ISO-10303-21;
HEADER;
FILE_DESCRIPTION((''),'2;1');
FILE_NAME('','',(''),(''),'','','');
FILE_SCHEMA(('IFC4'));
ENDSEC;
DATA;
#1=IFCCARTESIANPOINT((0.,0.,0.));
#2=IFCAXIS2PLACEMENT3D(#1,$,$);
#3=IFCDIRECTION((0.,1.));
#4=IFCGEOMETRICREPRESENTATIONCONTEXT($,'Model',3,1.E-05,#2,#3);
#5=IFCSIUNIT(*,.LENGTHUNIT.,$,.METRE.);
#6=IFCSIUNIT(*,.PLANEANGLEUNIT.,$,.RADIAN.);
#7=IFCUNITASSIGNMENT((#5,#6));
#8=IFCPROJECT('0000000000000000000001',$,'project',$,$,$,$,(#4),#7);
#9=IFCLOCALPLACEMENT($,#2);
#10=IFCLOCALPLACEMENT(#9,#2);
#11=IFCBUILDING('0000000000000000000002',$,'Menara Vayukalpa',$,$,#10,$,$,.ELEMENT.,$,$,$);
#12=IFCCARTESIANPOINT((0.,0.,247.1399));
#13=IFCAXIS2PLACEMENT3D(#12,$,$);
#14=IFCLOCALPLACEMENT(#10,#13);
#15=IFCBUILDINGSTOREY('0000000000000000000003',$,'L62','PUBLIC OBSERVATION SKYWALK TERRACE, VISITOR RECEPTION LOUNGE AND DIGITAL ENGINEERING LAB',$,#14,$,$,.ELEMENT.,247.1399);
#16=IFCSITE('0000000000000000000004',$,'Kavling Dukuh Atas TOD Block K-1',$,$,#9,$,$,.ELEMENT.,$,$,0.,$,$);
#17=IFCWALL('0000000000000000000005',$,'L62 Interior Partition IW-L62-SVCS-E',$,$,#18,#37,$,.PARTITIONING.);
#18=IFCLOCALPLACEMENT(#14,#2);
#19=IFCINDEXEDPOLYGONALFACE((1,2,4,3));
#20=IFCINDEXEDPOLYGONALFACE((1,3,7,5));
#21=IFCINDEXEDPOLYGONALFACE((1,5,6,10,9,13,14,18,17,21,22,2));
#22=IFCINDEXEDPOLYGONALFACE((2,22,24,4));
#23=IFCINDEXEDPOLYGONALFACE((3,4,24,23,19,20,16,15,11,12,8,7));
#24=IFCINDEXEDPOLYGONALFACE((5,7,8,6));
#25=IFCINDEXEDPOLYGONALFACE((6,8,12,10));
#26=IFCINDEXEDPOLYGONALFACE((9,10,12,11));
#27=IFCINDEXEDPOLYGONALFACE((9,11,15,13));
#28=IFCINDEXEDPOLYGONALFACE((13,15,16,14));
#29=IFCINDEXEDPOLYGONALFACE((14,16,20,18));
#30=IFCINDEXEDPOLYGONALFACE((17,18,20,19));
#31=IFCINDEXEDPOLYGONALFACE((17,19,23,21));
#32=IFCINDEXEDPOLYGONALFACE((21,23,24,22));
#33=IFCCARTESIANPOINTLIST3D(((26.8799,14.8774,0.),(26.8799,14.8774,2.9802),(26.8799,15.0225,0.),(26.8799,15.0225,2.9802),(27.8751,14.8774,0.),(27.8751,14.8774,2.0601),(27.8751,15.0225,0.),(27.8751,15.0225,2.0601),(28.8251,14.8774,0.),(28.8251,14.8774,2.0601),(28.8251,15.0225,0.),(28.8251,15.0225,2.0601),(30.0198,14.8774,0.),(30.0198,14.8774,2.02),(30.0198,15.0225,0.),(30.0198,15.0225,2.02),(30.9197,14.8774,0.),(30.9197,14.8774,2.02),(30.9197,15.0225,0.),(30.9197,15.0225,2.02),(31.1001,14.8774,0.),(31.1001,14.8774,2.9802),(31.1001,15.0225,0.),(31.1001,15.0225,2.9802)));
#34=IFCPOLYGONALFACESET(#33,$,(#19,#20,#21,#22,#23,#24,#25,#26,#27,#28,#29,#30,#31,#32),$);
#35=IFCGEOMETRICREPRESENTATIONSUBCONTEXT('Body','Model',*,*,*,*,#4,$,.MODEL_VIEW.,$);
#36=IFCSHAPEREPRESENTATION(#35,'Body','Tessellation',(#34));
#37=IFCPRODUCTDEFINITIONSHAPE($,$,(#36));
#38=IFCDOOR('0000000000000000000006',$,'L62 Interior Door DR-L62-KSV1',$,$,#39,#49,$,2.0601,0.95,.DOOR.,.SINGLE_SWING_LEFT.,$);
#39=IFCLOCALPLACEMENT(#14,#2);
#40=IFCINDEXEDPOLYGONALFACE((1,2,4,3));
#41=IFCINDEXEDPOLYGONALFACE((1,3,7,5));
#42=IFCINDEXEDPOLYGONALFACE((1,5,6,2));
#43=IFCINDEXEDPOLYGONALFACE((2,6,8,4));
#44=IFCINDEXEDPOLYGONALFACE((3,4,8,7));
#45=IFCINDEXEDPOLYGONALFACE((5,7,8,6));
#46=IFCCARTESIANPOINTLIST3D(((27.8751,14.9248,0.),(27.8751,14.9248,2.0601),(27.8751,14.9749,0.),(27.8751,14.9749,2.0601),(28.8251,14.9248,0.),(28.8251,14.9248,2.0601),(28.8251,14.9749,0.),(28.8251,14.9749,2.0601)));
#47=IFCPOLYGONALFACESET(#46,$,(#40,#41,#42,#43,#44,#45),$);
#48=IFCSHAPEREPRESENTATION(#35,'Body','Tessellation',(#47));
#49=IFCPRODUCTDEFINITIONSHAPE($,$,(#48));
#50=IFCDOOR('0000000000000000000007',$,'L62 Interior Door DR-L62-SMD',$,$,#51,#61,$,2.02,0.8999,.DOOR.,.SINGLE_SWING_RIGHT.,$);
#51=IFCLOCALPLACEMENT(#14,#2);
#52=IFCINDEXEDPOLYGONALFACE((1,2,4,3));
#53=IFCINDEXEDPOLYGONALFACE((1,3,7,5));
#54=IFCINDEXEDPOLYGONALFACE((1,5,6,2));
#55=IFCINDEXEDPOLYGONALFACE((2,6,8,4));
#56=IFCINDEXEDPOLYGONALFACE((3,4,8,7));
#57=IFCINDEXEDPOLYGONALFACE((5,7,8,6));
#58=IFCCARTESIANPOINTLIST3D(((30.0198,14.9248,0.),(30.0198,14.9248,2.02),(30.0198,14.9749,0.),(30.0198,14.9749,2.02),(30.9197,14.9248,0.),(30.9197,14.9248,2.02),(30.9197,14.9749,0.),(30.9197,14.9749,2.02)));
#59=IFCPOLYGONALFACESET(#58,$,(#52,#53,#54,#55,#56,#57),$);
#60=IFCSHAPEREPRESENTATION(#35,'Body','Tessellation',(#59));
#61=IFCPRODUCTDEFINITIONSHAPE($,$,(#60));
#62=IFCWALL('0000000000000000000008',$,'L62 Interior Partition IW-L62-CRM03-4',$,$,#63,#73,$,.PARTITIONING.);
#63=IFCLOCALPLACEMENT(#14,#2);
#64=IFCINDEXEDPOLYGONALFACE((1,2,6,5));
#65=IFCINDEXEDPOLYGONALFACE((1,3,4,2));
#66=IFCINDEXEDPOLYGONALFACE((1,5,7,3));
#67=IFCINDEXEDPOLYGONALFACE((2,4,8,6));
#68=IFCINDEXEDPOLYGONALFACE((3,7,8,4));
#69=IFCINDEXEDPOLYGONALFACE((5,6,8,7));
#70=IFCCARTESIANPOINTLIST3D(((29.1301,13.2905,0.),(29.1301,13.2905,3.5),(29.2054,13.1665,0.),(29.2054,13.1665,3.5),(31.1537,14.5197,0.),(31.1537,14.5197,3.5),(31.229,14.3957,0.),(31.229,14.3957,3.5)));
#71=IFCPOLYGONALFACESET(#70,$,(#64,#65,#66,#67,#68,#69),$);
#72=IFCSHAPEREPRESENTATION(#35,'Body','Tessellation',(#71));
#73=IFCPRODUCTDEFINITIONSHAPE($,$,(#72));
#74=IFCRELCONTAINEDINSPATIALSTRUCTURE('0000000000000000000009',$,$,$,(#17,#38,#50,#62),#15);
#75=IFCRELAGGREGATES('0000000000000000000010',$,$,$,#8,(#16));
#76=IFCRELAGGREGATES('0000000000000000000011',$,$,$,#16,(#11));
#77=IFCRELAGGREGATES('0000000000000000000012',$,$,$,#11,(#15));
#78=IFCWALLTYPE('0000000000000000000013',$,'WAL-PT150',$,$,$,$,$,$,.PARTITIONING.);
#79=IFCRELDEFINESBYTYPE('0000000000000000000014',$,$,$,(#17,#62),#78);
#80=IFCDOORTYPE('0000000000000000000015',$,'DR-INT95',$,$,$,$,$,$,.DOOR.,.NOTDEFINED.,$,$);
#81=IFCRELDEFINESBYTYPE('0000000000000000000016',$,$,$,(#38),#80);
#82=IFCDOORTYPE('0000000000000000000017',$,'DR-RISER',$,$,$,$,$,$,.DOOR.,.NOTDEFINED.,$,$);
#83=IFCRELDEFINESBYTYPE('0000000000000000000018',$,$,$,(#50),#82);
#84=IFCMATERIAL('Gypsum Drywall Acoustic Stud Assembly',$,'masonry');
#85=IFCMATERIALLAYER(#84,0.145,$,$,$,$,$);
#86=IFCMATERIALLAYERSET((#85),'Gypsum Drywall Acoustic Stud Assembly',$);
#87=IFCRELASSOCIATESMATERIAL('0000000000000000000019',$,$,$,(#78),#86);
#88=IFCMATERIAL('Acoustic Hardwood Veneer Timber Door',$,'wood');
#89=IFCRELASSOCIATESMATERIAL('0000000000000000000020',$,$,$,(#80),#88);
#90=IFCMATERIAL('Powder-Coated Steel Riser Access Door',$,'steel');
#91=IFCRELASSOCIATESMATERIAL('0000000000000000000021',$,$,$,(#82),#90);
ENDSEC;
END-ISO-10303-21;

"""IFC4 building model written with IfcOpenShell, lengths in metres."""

from ifc_helpers import new_model, si_unit, direction, frame, frame_2d, origin, place, context, subcontext, project, spatial, rectangle, extrude, material, layer, layer_set, type_object, element, fill, save


model = new_model("IFC4")

# Units and contexts
model_context = context("Model", 3, precision=1e-05, world=origin(), true_north=direction((0.0, 1.0)))
body_context = subcontext(model_context, "Body", "Model", "MODEL_VIEW")
ifc_project = project(units=[si_unit("LENGTHUNIT", "METRE"), si_unit("PLANEANGLEUNIT", "RADIAN")], contexts=[model_context])

# Site, building, storey
site_placement = place(None, origin())
site = spatial("IfcSite", under=ifc_project, at=site_placement, Name="Kavling Dukuh Atas TOD Block K-1", CompositionType="ELEMENT", RefElevation=0.0)
building_placement = place(site_placement, origin())
building = spatial("IfcBuilding", under=site, at=building_placement, Name="Menara Vayukalpa", CompositionType="ELEMENT")
storey_placement = place(building_placement, frame((0.0, 0.0, 247.1399)))
storey = spatial("IfcBuildingStorey", under=building, at=storey_placement, Name="L62", Description="PUBLIC OBSERVATION SKYWALK TERRACE, VISITOR RECEPTION LOUNGE AND DIGITAL ENGINEERING LAB", CompositionType="ELEMENT", Elevation=247.1399)

# Wall, openings, doors
ifc_material_1 = material(Name="Gypsum Drywall Acoustic Stud Assembly", Category="masonry")
ifc_layer_1 = layer(ifc_material_1, 0.145)
ifc_layer_set_1 = layer_set([ifc_layer_1], Name="Gypsum Drywall Acoustic Stud Assembly")
wall_type_1 = type_object("IfcWallType", Name="WAL-PT150", PredefinedType="PARTITIONING", material=ifc_layer_set_1)
wall_1_placement = place(storey_placement, frame((26.8799, 14.95, 0.0), z_axis=(0.0, 0.0, 1.0), x_axis=(1.0, 0.0, 0.0)))
wall_1 = element("IfcWall", 1, at=wall_1_placement, inside=storey, type_object=wall_type_1, Name="L62 Interior Partition IW-L62-SVCS-E", PredefinedType="PARTITIONING", context=body_context, shape_type="SweptSolid", body=[
    extrude(rectangle(XDim=4.2202, YDim=0.145, at=frame_2d((2.1101, 0.0))), origin(), (0.0, 0.0, 1.0), 2.9802),
])
opening_1_placement = place(wall_1_placement, frame((0.9951, 0.0, 0.0)))
opening_1 = element("IfcOpeningElement", 2, at=opening_1_placement, cuts=wall_1, PredefinedType="OPENING", context=body_context, shape_type="SweptSolid", body=[
    extrude(rectangle(XDim=0.95, YDim=2.0601, at=frame_2d((0.4751, 1.03))), frame((0.0, 0.0825, 0.0), z_axis=(0.0, -1.0, 0.0), x_axis=(1.0, 0.0, 0.0)), (0.0, 0.0, 1.0), 0.165),
])
opening_2_placement = place(wall_1_placement, frame((3.1399, 0.0, 0.0)))
opening_2 = element("IfcOpeningElement", 3, at=opening_2_placement, cuts=wall_1, PredefinedType="OPENING", context=body_context, shape_type="SweptSolid", body=[
    extrude(rectangle(XDim=0.8999, YDim=2.02, at=frame_2d((0.45, 1.01))), frame((0.0, 0.0825, 0.0), z_axis=(0.0, -1.0, 0.0), x_axis=(1.0, 0.0, 0.0)), (0.0, 0.0, 1.0), 0.165),
])
ifc_material_2 = material(Name="Acoustic Hardwood Veneer Timber Door", Category="wood")
door_type_1 = type_object("IfcDoorType", Name="DR-INT95", OperationType="NOTDEFINED", PredefinedType="DOOR", material=ifc_material_2)
door_1_placement = place(opening_1_placement, origin())
door_1 = element("IfcDoor", 4, at=door_1_placement, inside=storey, type_object=door_type_1, Name="L62 Interior Door DR-L62-KSV1", OperationType="SINGLE_SWING_LEFT", OverallHeight=2.0601, OverallWidth=0.95, PredefinedType="DOOR", context=body_context, shape_type="SweptSolid", body=[
    extrude(rectangle(XDim=0.95, YDim=2.0601, at=frame_2d((0.4751, 1.03))), frame((0.0, 0.0249, 0.0), z_axis=(0.0, -1.0, 0.0), x_axis=(1.0, 0.0, 0.0)), (0.0, 0.0, 1.0), 0.05),
])
fill(opening_1, door_1)
ifc_material_3 = material(Name="Powder-Coated Steel Riser Access Door", Category="steel")
door_type_2 = type_object("IfcDoorType", Name="DR-RISER", OperationType="NOTDEFINED", PredefinedType="DOOR", material=ifc_material_3)
door_2_placement = place(opening_2_placement, origin())
door_2 = element("IfcDoor", 5, at=door_2_placement, inside=storey, type_object=door_type_2, Name="L62 Interior Door DR-L62-SMD", OperationType="SINGLE_SWING_RIGHT", OverallHeight=2.02, OverallWidth=0.8999, PredefinedType="DOOR", context=body_context, shape_type="SweptSolid", body=[
    extrude(rectangle(XDim=0.8999, YDim=2.02, at=frame_2d((0.45, 1.01))), frame((0.0, 0.0249, 0.0), z_axis=(0.0, -1.0, 0.0), x_axis=(1.0, 0.0, 0.0)), (0.0, 0.0, 1.0), 0.05),
])
fill(opening_2, door_2)

# Wall
wall_2_placement = place(storey_placement, frame((29.1677, 13.2285, 0.0), z_axis=(0.0, 0.0, 1.0), x_axis=(0.854678, 0.519158, 0.0)))
element("IfcWall", 6, at=wall_2_placement, inside=storey, type_object=wall_type_1, Name="L62 Interior Partition IW-L62-CRM03-4", PredefinedType="PARTITIONING", context=body_context, shape_type="SweptSolid", body=[
    extrude(rectangle(XDim=2.3677, YDim=0.145, at=frame_2d((1.1838, 0.0))), origin(), (0.0, 0.0, 1.0), 3.5),
])

save(model, "model.ifc")
